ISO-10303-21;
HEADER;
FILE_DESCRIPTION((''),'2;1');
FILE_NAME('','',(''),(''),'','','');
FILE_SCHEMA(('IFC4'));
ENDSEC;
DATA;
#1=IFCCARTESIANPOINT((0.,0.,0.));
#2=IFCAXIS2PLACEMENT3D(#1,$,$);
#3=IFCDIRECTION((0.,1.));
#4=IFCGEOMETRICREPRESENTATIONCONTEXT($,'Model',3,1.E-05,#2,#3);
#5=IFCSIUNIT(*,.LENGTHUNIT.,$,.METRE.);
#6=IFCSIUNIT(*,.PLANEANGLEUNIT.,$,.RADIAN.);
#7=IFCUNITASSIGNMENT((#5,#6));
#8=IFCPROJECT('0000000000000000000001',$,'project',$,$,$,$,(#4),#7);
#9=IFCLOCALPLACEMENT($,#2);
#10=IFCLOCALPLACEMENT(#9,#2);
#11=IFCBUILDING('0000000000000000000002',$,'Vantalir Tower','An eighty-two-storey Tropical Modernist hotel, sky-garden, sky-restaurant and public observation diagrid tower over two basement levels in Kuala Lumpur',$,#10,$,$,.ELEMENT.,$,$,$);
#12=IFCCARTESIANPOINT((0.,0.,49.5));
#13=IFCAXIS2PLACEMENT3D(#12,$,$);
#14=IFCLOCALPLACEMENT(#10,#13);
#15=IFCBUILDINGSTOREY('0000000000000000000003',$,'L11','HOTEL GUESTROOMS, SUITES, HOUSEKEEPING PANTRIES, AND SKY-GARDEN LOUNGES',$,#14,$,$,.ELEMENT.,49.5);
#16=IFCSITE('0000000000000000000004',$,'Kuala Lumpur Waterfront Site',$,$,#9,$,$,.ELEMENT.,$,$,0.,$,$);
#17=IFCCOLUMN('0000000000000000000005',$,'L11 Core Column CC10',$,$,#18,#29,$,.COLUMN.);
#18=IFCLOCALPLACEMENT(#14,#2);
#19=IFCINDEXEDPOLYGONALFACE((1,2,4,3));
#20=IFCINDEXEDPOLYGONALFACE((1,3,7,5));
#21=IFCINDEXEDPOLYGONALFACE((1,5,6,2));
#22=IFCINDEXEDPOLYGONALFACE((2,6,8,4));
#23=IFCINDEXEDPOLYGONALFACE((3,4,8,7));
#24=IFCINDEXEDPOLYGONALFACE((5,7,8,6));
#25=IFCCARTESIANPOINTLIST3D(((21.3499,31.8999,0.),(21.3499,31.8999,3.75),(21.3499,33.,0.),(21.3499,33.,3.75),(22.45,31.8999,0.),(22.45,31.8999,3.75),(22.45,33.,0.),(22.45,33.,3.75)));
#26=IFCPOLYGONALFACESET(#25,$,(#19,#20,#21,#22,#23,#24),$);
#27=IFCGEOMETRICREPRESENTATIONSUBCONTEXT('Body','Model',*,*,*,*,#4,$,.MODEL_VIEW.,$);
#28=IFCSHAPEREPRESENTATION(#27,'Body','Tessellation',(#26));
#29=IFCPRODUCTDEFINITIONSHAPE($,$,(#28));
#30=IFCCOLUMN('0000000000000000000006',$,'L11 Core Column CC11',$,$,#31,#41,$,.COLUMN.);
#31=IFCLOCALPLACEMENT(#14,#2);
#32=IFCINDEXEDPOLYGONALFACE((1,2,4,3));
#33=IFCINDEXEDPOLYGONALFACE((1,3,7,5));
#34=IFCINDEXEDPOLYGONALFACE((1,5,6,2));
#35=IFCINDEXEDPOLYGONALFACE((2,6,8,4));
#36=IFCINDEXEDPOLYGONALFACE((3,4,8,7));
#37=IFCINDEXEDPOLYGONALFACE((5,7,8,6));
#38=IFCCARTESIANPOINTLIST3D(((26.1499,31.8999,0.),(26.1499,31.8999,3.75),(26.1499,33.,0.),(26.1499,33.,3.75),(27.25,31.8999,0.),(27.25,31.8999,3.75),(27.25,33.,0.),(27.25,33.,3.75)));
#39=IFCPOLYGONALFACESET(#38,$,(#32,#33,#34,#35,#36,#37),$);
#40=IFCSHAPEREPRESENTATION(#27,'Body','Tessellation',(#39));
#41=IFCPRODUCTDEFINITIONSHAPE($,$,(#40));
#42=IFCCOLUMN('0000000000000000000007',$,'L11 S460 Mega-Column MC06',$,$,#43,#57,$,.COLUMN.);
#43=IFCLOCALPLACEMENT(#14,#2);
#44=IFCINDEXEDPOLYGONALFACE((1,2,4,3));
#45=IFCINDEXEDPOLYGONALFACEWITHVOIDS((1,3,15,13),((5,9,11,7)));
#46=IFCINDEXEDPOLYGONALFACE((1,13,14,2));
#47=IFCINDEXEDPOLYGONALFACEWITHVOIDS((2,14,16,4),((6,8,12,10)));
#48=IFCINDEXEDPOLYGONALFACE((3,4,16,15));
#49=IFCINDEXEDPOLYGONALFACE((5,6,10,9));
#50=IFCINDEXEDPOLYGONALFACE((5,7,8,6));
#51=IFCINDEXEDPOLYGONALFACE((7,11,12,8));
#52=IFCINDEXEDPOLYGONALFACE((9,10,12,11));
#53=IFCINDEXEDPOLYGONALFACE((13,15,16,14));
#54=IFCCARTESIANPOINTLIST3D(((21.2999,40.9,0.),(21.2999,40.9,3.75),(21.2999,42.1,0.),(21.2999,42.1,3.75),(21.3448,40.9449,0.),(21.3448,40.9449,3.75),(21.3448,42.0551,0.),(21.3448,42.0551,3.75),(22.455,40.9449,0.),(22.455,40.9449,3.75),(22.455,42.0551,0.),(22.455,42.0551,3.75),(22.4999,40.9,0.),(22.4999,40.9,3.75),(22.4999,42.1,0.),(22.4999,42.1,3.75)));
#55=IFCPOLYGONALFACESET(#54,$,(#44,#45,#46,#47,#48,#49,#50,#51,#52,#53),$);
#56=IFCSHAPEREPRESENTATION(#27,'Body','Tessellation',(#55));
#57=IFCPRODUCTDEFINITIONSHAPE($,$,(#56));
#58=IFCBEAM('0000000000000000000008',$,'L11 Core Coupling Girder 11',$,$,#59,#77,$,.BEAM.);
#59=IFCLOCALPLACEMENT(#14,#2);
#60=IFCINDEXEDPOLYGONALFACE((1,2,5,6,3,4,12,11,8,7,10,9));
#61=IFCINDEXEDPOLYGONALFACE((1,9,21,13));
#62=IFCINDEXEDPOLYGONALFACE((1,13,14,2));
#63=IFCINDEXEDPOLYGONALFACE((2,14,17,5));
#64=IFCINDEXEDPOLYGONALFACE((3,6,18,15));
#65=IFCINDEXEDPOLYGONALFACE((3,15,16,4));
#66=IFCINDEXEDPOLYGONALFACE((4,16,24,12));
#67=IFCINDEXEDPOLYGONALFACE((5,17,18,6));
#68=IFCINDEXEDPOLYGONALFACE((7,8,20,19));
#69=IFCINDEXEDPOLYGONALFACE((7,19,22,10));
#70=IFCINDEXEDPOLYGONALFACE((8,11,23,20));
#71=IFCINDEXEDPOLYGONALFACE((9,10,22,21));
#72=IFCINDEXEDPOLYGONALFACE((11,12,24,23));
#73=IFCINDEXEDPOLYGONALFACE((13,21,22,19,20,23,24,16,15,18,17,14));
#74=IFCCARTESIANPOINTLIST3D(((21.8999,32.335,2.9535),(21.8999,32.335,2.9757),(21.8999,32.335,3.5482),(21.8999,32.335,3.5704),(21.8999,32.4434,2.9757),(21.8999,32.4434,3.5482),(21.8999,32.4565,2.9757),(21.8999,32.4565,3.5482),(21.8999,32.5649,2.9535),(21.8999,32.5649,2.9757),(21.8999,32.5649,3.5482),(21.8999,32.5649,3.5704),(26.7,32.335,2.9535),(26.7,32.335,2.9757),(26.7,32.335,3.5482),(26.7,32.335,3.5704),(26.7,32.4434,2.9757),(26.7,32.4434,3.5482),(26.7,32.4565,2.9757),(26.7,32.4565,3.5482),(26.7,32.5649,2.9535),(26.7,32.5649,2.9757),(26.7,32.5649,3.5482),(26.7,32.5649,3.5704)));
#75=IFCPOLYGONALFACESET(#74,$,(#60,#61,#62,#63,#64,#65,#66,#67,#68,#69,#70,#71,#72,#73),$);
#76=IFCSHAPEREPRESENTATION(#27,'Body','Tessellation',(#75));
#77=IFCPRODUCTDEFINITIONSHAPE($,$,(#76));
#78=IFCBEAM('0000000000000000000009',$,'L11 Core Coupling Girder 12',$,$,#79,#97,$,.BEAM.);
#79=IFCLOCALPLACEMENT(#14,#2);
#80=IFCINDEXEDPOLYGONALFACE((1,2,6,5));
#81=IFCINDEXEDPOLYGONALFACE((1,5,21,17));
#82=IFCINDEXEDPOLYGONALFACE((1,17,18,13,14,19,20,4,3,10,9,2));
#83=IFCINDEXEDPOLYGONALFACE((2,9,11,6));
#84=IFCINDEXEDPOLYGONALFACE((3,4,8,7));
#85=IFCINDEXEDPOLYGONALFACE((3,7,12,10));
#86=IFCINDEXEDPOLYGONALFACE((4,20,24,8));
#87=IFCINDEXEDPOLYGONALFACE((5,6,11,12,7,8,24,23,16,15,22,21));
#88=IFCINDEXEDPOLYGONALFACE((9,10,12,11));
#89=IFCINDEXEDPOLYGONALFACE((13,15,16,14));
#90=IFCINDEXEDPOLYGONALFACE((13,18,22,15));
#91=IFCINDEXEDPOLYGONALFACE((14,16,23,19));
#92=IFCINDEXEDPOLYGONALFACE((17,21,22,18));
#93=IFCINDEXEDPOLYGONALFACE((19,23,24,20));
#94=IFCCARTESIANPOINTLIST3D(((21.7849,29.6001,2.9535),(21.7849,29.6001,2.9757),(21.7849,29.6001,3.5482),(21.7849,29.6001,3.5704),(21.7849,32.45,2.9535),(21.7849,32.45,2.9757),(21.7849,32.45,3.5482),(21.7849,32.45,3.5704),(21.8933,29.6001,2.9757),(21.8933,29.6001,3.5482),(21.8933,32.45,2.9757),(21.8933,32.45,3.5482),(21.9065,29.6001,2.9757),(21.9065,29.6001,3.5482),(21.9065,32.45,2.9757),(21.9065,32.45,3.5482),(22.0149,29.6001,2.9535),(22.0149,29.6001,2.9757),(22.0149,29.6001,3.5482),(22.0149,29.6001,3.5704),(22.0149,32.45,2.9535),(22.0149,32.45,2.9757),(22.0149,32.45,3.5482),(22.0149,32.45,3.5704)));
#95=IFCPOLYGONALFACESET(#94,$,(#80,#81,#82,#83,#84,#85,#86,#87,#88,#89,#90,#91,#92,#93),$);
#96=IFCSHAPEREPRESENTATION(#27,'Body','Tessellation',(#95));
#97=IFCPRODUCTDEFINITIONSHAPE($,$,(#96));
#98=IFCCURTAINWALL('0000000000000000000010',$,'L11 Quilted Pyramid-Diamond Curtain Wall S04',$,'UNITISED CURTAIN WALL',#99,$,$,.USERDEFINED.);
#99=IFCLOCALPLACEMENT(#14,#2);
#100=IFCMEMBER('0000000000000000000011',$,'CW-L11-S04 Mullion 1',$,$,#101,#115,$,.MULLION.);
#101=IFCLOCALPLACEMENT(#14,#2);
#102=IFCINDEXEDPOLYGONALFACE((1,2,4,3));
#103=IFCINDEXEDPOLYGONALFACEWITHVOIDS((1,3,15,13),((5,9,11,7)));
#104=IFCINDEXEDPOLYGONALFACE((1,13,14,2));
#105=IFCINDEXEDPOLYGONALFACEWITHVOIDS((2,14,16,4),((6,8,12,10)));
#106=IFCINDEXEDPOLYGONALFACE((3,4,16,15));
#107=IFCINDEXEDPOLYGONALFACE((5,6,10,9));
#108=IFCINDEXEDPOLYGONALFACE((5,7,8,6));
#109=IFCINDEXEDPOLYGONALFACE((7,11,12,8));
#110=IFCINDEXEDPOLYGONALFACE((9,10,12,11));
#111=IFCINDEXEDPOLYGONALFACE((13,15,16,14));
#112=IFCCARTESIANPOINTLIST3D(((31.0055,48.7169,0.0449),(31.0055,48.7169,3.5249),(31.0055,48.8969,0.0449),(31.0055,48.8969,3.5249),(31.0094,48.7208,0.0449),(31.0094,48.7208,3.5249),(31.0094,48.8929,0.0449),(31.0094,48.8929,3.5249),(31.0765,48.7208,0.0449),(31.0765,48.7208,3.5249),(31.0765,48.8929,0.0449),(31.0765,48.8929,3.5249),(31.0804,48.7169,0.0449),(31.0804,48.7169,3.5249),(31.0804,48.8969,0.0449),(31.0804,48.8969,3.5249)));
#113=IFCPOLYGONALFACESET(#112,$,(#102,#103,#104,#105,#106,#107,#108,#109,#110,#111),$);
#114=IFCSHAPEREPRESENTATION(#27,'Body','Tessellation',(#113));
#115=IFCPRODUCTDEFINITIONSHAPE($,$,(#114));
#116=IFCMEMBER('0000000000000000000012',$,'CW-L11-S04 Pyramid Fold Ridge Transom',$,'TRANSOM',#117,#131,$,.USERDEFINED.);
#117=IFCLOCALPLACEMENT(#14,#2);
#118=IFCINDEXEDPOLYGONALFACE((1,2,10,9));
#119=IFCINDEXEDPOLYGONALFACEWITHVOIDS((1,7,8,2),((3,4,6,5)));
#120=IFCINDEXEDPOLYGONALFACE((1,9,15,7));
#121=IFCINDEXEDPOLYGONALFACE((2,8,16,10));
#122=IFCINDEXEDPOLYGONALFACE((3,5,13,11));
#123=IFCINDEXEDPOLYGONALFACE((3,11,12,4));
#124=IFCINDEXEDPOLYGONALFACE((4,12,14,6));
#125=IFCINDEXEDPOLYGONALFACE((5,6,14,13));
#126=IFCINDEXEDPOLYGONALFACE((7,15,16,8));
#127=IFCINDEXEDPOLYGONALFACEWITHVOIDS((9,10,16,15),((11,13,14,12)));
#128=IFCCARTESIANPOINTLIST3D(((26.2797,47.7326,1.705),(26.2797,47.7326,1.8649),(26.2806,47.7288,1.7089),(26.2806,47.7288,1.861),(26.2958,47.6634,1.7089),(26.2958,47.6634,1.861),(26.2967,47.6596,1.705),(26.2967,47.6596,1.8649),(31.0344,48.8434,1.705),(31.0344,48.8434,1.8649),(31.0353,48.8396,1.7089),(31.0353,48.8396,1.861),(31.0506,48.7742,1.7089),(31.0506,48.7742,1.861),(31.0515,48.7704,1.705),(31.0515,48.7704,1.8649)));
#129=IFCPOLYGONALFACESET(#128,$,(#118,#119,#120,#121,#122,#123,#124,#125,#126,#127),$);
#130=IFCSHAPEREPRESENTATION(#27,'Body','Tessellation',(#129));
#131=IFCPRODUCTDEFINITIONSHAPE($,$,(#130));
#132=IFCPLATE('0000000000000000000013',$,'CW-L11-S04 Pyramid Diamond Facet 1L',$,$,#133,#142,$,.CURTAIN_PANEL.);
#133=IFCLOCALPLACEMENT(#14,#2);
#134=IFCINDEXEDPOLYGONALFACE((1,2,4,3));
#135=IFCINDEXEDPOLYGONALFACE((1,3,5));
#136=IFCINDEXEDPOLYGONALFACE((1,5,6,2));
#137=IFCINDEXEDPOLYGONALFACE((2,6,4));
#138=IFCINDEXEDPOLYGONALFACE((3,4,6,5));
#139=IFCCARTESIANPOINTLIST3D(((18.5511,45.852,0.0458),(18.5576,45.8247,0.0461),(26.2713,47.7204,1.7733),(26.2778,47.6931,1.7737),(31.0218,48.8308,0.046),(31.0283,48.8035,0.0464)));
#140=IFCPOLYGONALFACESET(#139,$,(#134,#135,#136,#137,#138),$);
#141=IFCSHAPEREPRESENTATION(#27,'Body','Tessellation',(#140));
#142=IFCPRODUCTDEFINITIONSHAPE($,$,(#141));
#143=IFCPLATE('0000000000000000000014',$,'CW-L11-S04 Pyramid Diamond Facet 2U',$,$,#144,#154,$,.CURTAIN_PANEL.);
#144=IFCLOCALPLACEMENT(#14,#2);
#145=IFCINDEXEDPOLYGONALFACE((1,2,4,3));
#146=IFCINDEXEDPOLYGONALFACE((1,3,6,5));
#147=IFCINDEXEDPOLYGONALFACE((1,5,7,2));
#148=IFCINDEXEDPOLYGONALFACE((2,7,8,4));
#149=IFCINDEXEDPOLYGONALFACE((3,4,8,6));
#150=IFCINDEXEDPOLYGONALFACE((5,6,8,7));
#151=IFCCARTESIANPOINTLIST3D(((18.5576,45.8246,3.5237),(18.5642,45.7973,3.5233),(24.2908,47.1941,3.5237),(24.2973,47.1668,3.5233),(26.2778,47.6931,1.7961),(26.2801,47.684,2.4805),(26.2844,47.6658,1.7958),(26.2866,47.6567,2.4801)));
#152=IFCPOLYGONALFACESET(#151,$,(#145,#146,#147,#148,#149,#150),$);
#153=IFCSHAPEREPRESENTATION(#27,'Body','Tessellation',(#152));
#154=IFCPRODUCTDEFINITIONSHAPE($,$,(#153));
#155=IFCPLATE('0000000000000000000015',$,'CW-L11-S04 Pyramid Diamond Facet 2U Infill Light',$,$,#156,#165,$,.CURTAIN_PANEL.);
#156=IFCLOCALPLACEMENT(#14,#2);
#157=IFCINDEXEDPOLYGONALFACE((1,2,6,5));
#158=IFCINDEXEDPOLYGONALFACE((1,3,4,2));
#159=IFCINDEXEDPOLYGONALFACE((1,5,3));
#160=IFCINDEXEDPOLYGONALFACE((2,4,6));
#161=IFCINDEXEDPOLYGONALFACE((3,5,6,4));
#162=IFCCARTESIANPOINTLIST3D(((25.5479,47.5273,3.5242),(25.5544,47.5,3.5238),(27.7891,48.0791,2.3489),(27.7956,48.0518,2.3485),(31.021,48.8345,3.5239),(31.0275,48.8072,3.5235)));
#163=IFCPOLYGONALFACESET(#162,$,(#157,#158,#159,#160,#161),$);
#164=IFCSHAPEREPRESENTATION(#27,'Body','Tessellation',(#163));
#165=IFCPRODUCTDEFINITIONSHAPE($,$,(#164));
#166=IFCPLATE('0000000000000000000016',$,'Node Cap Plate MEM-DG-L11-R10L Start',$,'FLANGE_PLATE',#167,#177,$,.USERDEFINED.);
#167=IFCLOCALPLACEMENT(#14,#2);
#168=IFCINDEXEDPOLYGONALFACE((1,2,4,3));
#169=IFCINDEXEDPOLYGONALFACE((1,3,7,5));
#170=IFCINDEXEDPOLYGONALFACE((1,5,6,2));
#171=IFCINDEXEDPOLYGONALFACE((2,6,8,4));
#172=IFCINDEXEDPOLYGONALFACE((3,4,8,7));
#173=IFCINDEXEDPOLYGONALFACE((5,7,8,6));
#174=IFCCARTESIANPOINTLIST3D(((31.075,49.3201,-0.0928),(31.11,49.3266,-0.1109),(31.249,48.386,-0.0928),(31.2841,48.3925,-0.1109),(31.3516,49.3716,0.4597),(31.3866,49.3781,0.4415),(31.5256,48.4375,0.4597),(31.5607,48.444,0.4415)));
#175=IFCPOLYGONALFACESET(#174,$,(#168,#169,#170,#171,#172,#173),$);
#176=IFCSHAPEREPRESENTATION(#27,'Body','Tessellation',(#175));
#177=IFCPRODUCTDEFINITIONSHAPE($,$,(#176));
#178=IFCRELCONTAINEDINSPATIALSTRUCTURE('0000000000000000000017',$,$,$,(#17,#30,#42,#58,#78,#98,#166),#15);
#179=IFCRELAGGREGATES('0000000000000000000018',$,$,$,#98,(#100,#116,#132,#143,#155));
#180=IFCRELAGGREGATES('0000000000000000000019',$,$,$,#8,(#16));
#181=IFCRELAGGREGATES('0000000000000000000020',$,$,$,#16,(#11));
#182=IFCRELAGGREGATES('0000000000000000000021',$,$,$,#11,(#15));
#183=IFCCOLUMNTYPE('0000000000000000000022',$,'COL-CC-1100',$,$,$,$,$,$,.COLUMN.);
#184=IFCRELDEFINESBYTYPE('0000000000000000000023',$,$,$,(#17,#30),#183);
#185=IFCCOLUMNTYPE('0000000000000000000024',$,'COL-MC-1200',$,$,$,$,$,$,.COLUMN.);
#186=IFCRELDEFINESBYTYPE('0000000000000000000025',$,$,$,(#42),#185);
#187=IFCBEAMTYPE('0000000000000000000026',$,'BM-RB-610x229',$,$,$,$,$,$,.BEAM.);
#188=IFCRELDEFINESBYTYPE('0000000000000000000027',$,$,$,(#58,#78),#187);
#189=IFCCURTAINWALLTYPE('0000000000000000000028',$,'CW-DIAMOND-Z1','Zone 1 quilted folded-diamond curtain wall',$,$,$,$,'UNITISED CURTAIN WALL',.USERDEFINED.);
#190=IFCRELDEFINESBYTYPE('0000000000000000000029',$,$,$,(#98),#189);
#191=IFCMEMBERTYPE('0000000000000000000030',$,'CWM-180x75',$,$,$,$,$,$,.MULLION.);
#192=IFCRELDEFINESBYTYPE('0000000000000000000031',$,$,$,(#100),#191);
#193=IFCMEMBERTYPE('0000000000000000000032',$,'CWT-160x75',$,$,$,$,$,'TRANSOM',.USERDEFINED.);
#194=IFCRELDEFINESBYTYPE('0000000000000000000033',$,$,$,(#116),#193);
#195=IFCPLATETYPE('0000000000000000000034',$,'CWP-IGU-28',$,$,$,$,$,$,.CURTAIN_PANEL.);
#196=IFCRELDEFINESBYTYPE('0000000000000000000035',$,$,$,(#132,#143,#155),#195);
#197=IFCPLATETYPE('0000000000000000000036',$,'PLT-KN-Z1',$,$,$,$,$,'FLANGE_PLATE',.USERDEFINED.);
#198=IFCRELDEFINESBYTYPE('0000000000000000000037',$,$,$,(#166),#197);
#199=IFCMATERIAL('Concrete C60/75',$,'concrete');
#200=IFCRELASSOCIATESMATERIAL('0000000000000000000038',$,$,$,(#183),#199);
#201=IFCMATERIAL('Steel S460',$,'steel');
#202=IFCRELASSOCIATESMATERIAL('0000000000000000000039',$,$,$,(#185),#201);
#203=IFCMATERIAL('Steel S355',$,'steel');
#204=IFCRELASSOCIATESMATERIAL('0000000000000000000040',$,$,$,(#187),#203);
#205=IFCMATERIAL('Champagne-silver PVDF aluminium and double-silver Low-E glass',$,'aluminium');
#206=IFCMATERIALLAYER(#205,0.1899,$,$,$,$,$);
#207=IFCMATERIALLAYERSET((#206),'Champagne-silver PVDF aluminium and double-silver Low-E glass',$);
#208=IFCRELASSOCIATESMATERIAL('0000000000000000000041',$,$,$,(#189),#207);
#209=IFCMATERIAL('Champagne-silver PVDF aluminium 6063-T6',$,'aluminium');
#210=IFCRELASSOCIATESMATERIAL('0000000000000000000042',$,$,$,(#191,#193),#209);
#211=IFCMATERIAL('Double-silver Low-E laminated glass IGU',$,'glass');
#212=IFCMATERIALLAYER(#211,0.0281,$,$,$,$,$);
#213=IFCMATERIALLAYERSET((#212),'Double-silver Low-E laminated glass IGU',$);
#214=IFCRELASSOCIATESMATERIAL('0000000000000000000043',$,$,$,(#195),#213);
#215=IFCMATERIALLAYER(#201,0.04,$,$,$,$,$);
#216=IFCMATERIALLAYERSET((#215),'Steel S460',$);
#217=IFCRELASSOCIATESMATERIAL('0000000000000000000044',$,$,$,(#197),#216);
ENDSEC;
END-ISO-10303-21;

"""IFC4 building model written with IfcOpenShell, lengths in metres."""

from ifc_helpers import new_model, si_unit, direction, frame, origin, origin_2d, place, context, subcontext, project, spatial, polyline, rectangle, hollow_rectangle, i_section, outline, extrude, material, layer, layer_set, material_profile, profile_set, type_object, element, aggregate, save


model = new_model("IFC4")

# Units and contexts
model_context = context("Model", 3, precision=1e-05, world=origin(), true_north=direction((0.0, 1.0)))
body_context = subcontext(model_context, "Body", "Model", "MODEL_VIEW")
ifc_project = project(units=[si_unit("LENGTHUNIT", "METRE"), si_unit("PLANEANGLEUNIT", "RADIAN")], contexts=[model_context])

# Site, building, storey
site_placement = place(None, origin())
site = spatial("IfcSite", under=ifc_project, at=site_placement, Name="Kuala Lumpur Waterfront Site", CompositionType="ELEMENT", RefElevation=0.0)
building_placement = place(site_placement, origin())
building = spatial("IfcBuilding", under=site, at=building_placement, Name="Vantalir Tower", Description="An eighty-two-storey Tropical Modernist hotel, sky-garden, sky-restaurant and public observation diagrid tower over two basement levels in Kuala Lumpur", CompositionType="ELEMENT")
storey_placement = place(building_placement, frame((0.0, 0.0, 49.5)))
storey = spatial("IfcBuildingStorey", under=building, at=storey_placement, Name="L11", Description="HOTEL GUESTROOMS, SUITES, HOUSEKEEPING PANTRIES, AND SKY-GARDEN LOUNGES", CompositionType="ELEMENT", Elevation=49.5)

# Columns
ifc_material_1 = material(Name="Concrete C60/75", Category="concrete")
ifc_material_profile_1 = material_profile(ifc_material_1, rectangle(XDim=1.1001, YDim=1.1001, at=origin_2d()), Name="Concrete C60/75")
ifc_profile_set_1 = profile_set([ifc_material_profile_1], Name="Concrete C60/75")
column_type_1 = type_object("IfcColumnType", Name="COL-CC-1100", PredefinedType="COLUMN", material=ifc_profile_set_1)
for number, where, z_axis, x_axis, name in (
    (1, (21.8999, 32.45, 0.0), (0.0, 0.0, 1.0), (1.0, 0.0, 0.0), "L11 Core Column CC10"),
    (2, (26.7, 32.45, 0.0), (0.0, 0.0, 1.0), (1.0, 0.0, 0.0), "L11 Core Column CC11"),
):
    element("IfcColumn", number, at=place(storey_placement, frame(where, z_axis=z_axis, x_axis=x_axis)), inside=storey, type_object=column_type_1, Name=name, PredefinedType="COLUMN", context=body_context, shape_type="SweptSolid", body=[
        extrude(rectangle(XDim=1.1001, YDim=1.1001, at=origin_2d()), origin(), (0.0, 0.0, 1.0), 3.75),
    ])
ifc_material_2 = material(Name="Steel S460", Category="steel")
ifc_material_profile_2 = material_profile(ifc_material_2, hollow_rectangle(XDim=1.2, YDim=1.2, WallThickness=0.0449, at=origin_2d()), Name="Steel S460")
ifc_profile_set_2 = profile_set([ifc_material_profile_2], Name="Steel S460")
column_type_2 = type_object("IfcColumnType", Name="COL-MC-1200", PredefinedType="COLUMN", material=ifc_profile_set_2)
column_placement = place(storey_placement, frame((21.8999, 41.5, 0.0), z_axis=(0.0, 0.0, 1.0), x_axis=(1.0, 0.0, 0.0)))
element("IfcColumn", 3, at=column_placement, inside=storey, type_object=column_type_2, Name="L11 S460 Mega-Column MC06", PredefinedType="COLUMN", context=body_context, shape_type="SweptSolid", body=[
    extrude(hollow_rectangle(XDim=1.2, YDim=1.2, WallThickness=0.0449, at=origin_2d()), origin(), (0.0, 0.0, 1.0), 3.75),
])

# Beams
ifc_material_3 = material(Name="Steel S355", Category="steel")
ifc_material_profile_3 = material_profile(ifc_material_3, i_section(OverallWidth=0.23, OverallDepth=0.6169, WebThickness=0.0132, FlangeThickness=0.0222, at=origin_2d()), Name="Steel S355")
ifc_profile_set_3 = profile_set([ifc_material_profile_3], Name="Steel S355")
beam_type = type_object("IfcBeamType", Name="BM-RB-610x229", PredefinedType="BEAM", material=ifc_profile_set_3)
beam_1_placement = place(storey_placement, frame((26.7, 32.45, 3.262), z_axis=(-1.0, 0.0, 0.0), x_axis=(0.0, -1.0, 0.0)))
element("IfcBeam", 4, at=beam_1_placement, inside=storey, type_object=beam_type, Name="L11 Core Coupling Girder 11", PredefinedType="BEAM", context=body_context, shape_type="SweptSolid", body=[
    extrude(i_section(OverallWidth=0.23, OverallDepth=0.6169, WebThickness=0.0132, FlangeThickness=0.0222, at=origin_2d()), origin(), (0.0, 0.0, 1.0), 4.8),
])
beam_2_placement = place(storey_placement, frame((21.8999, 32.45, 3.262), z_axis=(0.0, -1.0, 0.0), x_axis=(1.0, 0.0, 0.0)))
element("IfcBeam", 5, at=beam_2_placement, inside=storey, type_object=beam_type, Name="L11 Core Coupling Girder 12", PredefinedType="BEAM", context=body_context, shape_type="SweptSolid", body=[
    extrude(i_section(OverallWidth=0.23, OverallDepth=0.6169, WebThickness=0.0132, FlangeThickness=0.0222, at=origin_2d()), origin(), (0.0, 0.0, 1.0), 2.8499),
])

# Curtain wall, members, plates
ifc_material_4 = material(Name="Champagne-silver PVDF aluminium and double-silver Low-E glass", Category="aluminium")
ifc_layer_1 = layer(ifc_material_4, 0.1899)
ifc_layer_set_1 = layer_set([ifc_layer_1], Name="Champagne-silver PVDF aluminium and double-silver Low-E glass")
curtain_wall_type = type_object("IfcCurtainWallType", Name="CW-DIAMOND-Z1", Description="Zone 1 quilted folded-diamond curtain wall", ElementType="UNITISED CURTAIN WALL", PredefinedType="USERDEFINED", material=ifc_layer_set_1)
curtain_wall_placement = place(storey_placement, origin())
curtain_wall = element("IfcCurtainWall", 6, at=curtain_wall_placement, inside=storey, type_object=curtain_wall_type, Name="L11 Quilted Pyramid-Diamond Curtain Wall S04", ObjectType="UNITISED CURTAIN WALL", PredefinedType="USERDEFINED")
ifc_material_5 = material(Name="Champagne-silver PVDF aluminium 6063-T6", Category="aluminium")
ifc_material_profile_4 = material_profile(ifc_material_5, hollow_rectangle(XDim=0.075, YDim=0.1799, WallThickness=0.0039, at=origin_2d()), Name="Champagne-silver PVDF aluminium 6063-T6")
ifc_profile_set_4 = profile_set([ifc_material_profile_4], Name="Champagne-silver PVDF aluminium 6063-T6")
member_type_1 = type_object("IfcMemberType", Name="CWM-180x75", PredefinedType="MULLION", material=ifc_profile_set_4)
member_1_placement = place(storey_placement, frame((31.043, 48.8069, 0.0449), z_axis=(0.0, 0.0, 1.0), x_axis=(1.0, 0.0, 0.0)))
member_1 = element("IfcMember", 7, at=member_1_placement, type_object=member_type_1, Name="CW-L11-S04 Mullion 1", PredefinedType="MULLION", context=body_context, shape_type="SweptSolid", body=[
    extrude(hollow_rectangle(XDim=0.075, YDim=0.1799, WallThickness=0.0039, at=origin_2d()), origin(), (0.0, 0.0, 1.0), 3.48),
])
ifc_material_profile_5 = material_profile(ifc_material_5, hollow_rectangle(XDim=0.075, YDim=0.1599, WallThickness=0.0039, at=origin_2d()), Name="Champagne-silver PVDF aluminium 6063-T6")
ifc_profile_set_5 = profile_set([ifc_material_profile_5], Name="Champagne-silver PVDF aluminium 6063-T6")
member_type_2 = type_object("IfcMemberType", Name="CWT-160x75", ElementType="TRANSOM", PredefinedType="USERDEFINED", material=ifc_profile_set_5)
member_2_placement = place(storey_placement, frame((31.043, 48.8069, 1.7849), z_axis=(-0.973779, -0.227495, 0.0), x_axis=(0.227495, -0.973779, 0.0)))
member_2 = element("IfcMember", 8, at=member_2_placement, type_object=member_type_2, Name="CW-L11-S04 Pyramid Fold Ridge Transom", ObjectType="TRANSOM", PredefinedType="USERDEFINED", context=body_context, shape_type="SweptSolid", body=[
    extrude(hollow_rectangle(XDim=0.075, YDim=0.1599, WallThickness=0.0039, at=origin_2d()), origin(), (0.0, 0.0, 1.0), 4.8828),
])
ifc_material_6 = material(Name="Double-silver Low-E laminated glass IGU", Category="glass")
ifc_layer_2 = layer(ifc_material_6, 0.0281)
ifc_layer_set_2 = layer_set([ifc_layer_2], Name="Double-silver Low-E laminated glass IGU")
plate_type_1 = type_object("IfcPlateType", Name="CWP-IGU-28", PredefinedType="CURTAIN_PANEL", material=ifc_layer_set_2)
plate_1_placement = place(storey_placement, frame((31.0283, 48.8035, 0.0464), z_axis=(0.232303, -0.972547, 0.013711), x_axis=(-0.972638, -0.232325, -0.000019)))
plate_1 = element("IfcPlate", 9, at=plate_1_placement, type_object=plate_type_1, Name="CW-L11-S04 Pyramid Diamond Facet 1L", PredefinedType="CURTAIN_PANEL", context=body_context, shape_type="SweptSolid", body=[
    extrude(outline(polyline([(0.0, 0.0), (12.8215, 0.0), (4.8784, -1.7276), (0.0, 0.0)])), origin(), (0.0, 0.0, -1.0), 0.0281),
])
plate_2_placement = place(storey_placement, frame((24.2908, 47.1941, 3.5237), z_axis=(-0.232312, 0.972544, 0.013721), x_axis=(-0.972636, -0.232334, 0.0)))
plate_2 = element("IfcPlate", 10, at=plate_2_placement, type_object=plate_type_1, Name="CW-L11-S04 Pyramid Diamond Facet 2U", PredefinedType="CURTAIN_PANEL", context=body_context, shape_type="SweptSolid", body=[
    extrude(outline(polyline([(0.0, 0.0), (5.8944, 0.0), (-2.0486, -1.7277), (-2.0487, -1.0433), (0.0, 0.0)])), origin(), (0.0, 0.0, -1.0), 0.0281),
])
plate_3_placement = place(storey_placement, frame((31.021, 48.8345, 3.5239), z_axis=(-0.232271, 0.972555, 0.013654), x_axis=(-0.972646, -0.232293, 0.000043)))
plate_3 = element("IfcPlate", 11, at=plate_3_placement, type_object=plate_type_1, Name="CW-L11-S04 Pyramid Diamond Facet 2U Infill Light", PredefinedType="CURTAIN_PANEL", context=body_context, shape_type="SweptSolid", body=[
    extrude(outline(polyline([(0.0, 0.0), (5.6271, 0.0), (3.3189, -1.1753), (0.0, 0.0)])), origin(), (0.0, 0.0, -1.0), 0.0281),
])
aggregate(curtain_wall, [member_1, member_2, plate_1, plate_2, plate_3])

# Plate
ifc_layer_3 = layer(ifc_material_2, 0.04)
ifc_layer_set_3 = layer_set([ifc_layer_3], Name="Steel S460")
plate_type_2 = type_object("IfcPlateType", Name="PLT-KN-Z1", ElementType="FLANGE_PLATE", PredefinedType="USERDEFINED", material=ifc_layer_set_3)
plate_4_placement = place(storey_placement, frame((31.075, 49.3201, -0.0928), z_axis=(-0.876017, -0.163251, 0.45381), x_axis=(0.183202, -0.983075, 0.0)))
element("IfcPlate", 12, at=plate_4_placement, inside=storey, type_object=plate_type_2, Name="Node Cap Plate MEM-DG-L11-R10L Start", ObjectType="FLANGE_PLATE", PredefinedType="USERDEFINED", context=body_context, shape_type="SweptSolid", body=[
    extrude(outline(polyline([(0.0, 0.0), (0.9502, 0.0), (0.9502, 0.62), (0.0, 0.62), (0.0, 0.0)])), origin(), (0.0, 0.0, -1.0), 0.04),
])

save(model, "model.ifc")
